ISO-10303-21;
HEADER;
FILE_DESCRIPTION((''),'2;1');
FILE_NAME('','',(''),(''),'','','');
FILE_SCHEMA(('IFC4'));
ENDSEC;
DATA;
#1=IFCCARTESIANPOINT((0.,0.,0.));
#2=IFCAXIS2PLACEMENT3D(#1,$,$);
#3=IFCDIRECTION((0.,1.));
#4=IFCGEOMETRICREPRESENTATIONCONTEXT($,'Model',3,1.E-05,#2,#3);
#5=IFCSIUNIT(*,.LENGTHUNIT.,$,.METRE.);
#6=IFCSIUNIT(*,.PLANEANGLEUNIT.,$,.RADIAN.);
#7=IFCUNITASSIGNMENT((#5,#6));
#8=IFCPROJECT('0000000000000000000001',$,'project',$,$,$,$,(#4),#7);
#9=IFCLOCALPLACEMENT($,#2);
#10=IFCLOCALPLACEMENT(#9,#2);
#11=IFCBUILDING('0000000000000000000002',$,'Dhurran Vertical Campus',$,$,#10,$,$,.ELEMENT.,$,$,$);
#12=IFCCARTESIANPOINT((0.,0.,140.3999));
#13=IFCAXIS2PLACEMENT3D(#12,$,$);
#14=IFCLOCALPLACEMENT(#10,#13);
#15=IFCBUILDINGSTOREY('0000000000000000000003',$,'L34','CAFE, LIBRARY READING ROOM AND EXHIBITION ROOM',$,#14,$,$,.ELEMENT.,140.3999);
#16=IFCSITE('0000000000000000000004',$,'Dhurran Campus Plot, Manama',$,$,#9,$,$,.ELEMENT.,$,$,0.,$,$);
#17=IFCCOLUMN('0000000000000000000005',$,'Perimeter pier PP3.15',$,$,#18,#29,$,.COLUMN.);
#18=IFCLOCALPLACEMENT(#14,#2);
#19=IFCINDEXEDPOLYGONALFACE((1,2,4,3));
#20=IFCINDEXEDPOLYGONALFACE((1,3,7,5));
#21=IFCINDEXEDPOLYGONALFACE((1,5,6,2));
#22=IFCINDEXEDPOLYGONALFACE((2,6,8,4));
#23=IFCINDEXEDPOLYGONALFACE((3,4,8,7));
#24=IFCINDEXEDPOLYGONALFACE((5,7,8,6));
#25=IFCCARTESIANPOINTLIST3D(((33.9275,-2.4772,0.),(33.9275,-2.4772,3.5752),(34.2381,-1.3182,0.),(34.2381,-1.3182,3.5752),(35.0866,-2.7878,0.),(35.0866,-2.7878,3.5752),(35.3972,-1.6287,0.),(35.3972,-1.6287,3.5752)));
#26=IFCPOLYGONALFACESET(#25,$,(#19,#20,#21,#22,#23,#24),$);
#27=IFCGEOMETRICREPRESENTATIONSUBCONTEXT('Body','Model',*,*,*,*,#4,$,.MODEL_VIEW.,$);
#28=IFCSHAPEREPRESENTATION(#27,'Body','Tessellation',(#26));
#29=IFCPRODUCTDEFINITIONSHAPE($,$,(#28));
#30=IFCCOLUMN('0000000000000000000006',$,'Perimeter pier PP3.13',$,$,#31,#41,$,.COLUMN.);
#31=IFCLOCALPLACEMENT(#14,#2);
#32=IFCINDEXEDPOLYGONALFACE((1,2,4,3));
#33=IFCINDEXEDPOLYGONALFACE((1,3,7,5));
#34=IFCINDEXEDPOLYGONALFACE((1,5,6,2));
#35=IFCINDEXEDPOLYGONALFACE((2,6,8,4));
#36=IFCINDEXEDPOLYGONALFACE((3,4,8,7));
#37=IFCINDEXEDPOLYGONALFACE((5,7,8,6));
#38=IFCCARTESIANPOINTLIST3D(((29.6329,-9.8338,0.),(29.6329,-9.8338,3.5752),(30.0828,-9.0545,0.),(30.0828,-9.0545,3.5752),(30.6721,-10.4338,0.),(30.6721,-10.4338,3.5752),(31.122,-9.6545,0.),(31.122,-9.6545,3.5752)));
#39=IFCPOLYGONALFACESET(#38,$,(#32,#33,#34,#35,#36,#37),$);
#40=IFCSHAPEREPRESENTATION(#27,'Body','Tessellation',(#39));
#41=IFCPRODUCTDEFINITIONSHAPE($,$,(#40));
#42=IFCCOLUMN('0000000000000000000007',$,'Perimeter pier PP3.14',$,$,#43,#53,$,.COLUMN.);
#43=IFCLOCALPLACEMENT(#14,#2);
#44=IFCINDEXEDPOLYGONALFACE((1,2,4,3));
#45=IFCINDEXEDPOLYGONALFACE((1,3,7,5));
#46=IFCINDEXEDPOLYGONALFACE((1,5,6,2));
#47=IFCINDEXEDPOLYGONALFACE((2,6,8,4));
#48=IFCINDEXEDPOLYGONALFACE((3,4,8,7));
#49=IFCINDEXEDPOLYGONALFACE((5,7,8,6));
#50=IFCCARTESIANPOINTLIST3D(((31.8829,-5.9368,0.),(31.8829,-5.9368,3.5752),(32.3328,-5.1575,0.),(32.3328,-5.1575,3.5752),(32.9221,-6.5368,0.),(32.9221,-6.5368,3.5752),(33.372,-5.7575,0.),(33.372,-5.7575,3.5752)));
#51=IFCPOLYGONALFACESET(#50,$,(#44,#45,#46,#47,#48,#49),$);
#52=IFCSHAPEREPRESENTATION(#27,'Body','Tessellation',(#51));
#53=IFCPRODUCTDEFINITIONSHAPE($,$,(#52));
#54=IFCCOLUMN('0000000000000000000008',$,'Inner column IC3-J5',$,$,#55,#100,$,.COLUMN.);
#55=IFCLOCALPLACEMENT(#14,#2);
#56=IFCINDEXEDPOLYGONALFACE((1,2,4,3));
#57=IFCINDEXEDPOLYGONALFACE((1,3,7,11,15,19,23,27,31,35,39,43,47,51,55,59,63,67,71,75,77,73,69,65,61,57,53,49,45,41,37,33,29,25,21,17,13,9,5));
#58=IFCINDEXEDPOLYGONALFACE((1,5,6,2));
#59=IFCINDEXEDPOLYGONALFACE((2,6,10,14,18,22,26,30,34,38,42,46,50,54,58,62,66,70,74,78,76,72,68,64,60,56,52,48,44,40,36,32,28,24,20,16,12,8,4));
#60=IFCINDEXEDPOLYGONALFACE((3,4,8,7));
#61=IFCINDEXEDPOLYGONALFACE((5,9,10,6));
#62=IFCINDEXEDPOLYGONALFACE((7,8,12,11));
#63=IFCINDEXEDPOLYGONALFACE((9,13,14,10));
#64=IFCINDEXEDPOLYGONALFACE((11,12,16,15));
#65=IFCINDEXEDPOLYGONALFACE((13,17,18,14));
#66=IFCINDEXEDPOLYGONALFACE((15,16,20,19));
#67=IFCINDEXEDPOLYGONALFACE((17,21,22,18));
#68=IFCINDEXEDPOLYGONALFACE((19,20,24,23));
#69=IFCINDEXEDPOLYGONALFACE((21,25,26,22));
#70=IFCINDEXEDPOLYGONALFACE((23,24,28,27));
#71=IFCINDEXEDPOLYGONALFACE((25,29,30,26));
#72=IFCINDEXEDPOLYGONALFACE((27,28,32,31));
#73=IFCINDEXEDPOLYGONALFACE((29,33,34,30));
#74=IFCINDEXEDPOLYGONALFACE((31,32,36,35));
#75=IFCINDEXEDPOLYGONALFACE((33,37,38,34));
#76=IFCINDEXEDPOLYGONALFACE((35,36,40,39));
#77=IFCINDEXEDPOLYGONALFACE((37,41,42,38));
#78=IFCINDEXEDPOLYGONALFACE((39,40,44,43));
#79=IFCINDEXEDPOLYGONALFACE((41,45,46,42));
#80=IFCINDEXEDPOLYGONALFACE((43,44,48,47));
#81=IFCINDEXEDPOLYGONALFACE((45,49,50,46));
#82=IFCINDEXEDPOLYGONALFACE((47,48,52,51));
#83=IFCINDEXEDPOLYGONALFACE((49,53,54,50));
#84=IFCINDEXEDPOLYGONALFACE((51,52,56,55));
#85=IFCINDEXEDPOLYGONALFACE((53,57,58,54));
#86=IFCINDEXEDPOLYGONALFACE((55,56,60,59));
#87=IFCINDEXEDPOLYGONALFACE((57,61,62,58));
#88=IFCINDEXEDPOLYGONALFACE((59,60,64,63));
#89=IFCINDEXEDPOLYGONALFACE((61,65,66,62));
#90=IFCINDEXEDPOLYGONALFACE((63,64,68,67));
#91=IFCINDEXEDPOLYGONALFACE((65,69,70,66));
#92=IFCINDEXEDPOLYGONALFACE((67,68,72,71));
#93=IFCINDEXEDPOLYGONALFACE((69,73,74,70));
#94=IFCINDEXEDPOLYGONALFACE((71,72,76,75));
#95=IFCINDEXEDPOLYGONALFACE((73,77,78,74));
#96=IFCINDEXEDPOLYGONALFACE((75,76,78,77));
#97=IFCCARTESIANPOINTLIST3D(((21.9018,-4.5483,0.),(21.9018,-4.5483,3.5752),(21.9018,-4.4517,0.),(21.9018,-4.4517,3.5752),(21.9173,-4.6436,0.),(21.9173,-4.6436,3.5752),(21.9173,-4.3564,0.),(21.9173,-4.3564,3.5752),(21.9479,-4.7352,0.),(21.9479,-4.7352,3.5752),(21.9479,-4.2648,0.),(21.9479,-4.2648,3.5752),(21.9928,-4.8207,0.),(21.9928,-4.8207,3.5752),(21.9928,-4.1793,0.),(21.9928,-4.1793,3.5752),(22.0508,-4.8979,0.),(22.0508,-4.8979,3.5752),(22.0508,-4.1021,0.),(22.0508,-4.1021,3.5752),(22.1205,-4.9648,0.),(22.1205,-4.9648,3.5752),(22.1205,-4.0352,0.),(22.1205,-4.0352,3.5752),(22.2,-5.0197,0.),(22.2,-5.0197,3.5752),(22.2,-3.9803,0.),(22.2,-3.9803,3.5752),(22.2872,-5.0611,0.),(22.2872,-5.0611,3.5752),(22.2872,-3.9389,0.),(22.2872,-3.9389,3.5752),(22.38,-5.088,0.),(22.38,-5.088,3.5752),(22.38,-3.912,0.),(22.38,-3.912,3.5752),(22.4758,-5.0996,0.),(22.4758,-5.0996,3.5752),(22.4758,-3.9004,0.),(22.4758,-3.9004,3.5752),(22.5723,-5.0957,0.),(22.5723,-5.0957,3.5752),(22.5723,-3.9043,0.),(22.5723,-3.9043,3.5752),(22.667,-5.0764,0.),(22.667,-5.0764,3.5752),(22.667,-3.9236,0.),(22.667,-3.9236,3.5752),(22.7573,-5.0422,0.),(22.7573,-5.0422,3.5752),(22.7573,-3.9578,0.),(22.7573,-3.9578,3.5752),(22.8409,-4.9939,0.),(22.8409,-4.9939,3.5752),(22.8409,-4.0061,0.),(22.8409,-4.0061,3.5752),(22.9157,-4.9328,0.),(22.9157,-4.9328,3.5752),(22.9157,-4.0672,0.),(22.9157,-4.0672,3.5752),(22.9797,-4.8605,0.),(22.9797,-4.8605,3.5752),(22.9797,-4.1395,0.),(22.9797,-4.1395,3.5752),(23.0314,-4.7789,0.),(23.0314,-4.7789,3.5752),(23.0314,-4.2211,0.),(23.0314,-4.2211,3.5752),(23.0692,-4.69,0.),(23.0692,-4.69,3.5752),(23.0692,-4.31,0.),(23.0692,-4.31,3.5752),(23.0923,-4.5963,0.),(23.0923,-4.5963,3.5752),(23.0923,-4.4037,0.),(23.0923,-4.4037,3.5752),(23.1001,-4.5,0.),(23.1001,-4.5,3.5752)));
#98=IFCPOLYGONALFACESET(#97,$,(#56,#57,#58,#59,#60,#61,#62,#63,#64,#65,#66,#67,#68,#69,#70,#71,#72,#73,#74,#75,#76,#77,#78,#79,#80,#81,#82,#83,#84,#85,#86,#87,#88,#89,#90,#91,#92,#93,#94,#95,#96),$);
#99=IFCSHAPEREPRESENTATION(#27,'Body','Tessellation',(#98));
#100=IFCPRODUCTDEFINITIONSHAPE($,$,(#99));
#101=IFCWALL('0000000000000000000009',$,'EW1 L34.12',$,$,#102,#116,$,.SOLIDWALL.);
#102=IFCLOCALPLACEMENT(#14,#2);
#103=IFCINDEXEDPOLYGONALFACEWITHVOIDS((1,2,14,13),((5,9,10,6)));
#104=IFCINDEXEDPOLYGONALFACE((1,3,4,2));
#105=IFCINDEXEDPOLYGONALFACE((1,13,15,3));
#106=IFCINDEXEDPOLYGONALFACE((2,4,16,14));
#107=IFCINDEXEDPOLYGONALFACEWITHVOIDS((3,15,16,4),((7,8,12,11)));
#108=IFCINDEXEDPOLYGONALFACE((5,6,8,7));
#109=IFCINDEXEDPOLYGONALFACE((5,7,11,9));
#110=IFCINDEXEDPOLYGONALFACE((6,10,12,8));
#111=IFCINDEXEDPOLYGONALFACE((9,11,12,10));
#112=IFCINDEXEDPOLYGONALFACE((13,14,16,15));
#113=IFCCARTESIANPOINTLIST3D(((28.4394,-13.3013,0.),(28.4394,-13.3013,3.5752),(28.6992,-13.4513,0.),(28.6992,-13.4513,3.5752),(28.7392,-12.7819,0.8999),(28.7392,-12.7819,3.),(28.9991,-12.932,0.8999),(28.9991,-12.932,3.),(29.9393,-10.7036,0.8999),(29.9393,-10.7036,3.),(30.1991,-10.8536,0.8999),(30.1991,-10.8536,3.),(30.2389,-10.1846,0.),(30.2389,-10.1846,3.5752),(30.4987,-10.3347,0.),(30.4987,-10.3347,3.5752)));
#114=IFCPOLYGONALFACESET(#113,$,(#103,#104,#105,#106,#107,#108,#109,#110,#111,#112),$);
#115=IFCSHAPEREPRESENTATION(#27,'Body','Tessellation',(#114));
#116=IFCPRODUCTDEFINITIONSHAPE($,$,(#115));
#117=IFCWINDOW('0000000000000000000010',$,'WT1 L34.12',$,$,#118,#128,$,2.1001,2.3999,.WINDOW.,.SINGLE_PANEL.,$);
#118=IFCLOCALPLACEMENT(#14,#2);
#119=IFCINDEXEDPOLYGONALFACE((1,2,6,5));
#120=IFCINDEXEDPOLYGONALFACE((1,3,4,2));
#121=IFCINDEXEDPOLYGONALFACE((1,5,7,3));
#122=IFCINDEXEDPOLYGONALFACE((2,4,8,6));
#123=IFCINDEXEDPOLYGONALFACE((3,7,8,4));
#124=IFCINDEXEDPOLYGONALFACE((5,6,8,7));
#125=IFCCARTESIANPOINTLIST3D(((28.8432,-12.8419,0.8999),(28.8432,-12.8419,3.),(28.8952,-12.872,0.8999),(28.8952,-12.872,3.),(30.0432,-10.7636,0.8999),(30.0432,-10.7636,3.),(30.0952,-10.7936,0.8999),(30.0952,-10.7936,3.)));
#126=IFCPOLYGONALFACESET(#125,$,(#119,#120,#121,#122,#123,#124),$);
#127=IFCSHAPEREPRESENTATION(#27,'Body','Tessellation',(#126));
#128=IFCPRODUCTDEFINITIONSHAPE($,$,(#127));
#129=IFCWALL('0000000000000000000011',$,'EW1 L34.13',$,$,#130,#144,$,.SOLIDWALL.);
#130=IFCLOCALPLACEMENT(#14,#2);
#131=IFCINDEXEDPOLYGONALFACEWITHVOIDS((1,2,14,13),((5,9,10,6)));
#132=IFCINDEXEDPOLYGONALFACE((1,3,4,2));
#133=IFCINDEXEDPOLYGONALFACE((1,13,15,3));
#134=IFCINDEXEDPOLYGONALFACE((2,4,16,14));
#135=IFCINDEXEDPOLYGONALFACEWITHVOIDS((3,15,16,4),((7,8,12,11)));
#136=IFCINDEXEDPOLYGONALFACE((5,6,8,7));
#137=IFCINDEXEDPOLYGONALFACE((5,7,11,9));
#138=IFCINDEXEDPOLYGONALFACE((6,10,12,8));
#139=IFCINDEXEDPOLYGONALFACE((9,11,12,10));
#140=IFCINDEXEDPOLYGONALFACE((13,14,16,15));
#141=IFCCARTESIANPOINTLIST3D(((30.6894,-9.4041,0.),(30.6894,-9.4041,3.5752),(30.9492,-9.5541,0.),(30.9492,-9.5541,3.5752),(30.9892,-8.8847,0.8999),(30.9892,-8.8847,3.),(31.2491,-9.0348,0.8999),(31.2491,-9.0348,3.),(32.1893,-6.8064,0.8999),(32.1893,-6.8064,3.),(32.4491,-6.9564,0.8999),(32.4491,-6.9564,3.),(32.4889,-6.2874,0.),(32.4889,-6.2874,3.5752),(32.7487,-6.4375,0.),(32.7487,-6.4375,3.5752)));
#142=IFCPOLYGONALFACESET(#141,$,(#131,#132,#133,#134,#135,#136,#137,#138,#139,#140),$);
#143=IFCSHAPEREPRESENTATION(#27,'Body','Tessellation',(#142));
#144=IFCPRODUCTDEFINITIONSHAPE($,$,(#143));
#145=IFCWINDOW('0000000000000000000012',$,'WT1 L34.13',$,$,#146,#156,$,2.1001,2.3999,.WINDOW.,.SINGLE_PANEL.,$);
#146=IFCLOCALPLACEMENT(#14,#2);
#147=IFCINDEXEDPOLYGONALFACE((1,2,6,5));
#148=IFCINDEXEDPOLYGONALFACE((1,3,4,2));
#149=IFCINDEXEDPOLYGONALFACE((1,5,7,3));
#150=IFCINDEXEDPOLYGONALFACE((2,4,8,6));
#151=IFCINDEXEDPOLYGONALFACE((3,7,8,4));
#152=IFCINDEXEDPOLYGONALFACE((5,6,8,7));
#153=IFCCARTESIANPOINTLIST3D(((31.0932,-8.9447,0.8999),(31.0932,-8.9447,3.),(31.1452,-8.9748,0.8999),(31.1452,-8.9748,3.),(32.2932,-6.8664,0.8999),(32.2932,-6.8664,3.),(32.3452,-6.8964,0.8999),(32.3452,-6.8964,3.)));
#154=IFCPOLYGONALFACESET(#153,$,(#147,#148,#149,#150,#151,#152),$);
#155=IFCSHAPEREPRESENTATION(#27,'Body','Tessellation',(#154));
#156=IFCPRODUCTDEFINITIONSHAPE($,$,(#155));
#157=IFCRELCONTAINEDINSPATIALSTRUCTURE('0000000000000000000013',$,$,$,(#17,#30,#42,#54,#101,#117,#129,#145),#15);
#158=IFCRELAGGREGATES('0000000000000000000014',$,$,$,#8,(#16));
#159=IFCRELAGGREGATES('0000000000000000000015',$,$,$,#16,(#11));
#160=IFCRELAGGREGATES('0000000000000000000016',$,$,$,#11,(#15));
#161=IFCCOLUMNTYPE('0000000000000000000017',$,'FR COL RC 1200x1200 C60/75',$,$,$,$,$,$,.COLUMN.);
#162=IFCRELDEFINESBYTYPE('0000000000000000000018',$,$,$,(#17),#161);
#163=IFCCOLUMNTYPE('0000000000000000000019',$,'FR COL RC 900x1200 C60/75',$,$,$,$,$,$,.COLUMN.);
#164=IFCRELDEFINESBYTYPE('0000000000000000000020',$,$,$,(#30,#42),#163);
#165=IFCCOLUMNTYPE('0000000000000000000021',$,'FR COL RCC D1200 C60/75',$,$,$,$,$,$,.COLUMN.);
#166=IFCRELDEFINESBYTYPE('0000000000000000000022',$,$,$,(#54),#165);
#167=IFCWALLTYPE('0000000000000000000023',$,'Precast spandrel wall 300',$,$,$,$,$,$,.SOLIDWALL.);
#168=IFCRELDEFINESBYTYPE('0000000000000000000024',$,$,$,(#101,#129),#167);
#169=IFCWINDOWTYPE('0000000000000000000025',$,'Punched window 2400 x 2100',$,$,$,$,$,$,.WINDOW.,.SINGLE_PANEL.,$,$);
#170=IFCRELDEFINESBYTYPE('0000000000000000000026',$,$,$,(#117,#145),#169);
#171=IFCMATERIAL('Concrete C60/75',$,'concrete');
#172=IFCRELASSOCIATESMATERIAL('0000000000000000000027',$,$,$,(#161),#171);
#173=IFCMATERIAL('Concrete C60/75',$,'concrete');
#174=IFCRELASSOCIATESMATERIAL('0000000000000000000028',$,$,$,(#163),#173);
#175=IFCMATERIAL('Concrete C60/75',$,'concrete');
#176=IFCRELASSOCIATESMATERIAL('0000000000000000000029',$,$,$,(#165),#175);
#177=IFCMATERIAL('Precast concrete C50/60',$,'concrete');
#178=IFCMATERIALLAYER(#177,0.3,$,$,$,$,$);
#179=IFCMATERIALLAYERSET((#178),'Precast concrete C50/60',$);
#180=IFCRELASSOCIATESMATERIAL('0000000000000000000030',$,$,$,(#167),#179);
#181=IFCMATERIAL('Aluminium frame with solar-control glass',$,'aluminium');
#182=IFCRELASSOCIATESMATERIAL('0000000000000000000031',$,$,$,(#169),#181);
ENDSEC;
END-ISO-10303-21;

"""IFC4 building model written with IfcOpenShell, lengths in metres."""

from ifc_helpers import new_model, si_unit, direction, frame, frame_2d, origin, origin_2d, place, context, subcontext, project, spatial, rectangle, circle, extrude, material, layer, layer_set, material_profile, profile_set, type_object, element, fill, save


model = new_model("IFC4")

# Units and contexts
model_context = context("Model", 3, precision=1e-05, world=origin(), true_north=direction((0.0, 1.0)))
body_context = subcontext(model_context, "Body", "Model", "MODEL_VIEW")
ifc_project = project(units=[si_unit("LENGTHUNIT", "METRE"), si_unit("PLANEANGLEUNIT", "RADIAN")], contexts=[model_context])

# Site, building, storey
site_placement = place(None, origin())
site = spatial("IfcSite", under=ifc_project, at=site_placement, Name="Dhurran Campus Plot, Manama", CompositionType="ELEMENT", RefElevation=0.0)
building_placement = place(site_placement, origin())
building = spatial("IfcBuilding", under=site, at=building_placement, Name="Dhurran Vertical Campus", CompositionType="ELEMENT")
storey_placement = place(building_placement, frame((0.0, 0.0, 140.3999)))
storey = spatial("IfcBuildingStorey", under=building, at=storey_placement, Name="L34", Description="CAFE, LIBRARY READING ROOM AND EXHIBITION ROOM", CompositionType="ELEMENT", Elevation=140.3999)

# Columns
ifc_material_1 = material(Name="Concrete C60/75", Category="concrete")
ifc_material_profile_1 = material_profile(ifc_material_1, rectangle(XDim=1.2, YDim=1.2, at=origin_2d()), Name="RC 1200x1200")
ifc_profile_set_1 = profile_set([ifc_material_profile_1], Name="Concrete C60/75")
column_type_1 = type_object("IfcColumnType", Name="FR COL RC 1200x1200 C60/75", PredefinedType="COLUMN", material=ifc_profile_set_1)
column_1_placement = place(storey_placement, frame((34.6624, -2.053, 0.0), z_axis=(0.0, 0.0, 1.0), x_axis=(0.258819, 0.965926, 0.0)))
element("IfcColumn", 1, at=column_1_placement, inside=storey, type_object=column_type_1, Name="Perimeter pier PP3.15", PredefinedType="COLUMN", context=body_context, shape_type="SweptSolid", body=[
    extrude(rectangle(XDim=1.2, YDim=1.2, at=origin_2d()), origin(), (0.0, 0.0, 1.0), 3.5752),
])
ifc_material_2 = material(Name="Concrete C60/75", Category="concrete")
ifc_material_profile_2 = material_profile(ifc_material_2, rectangle(XDim=0.8999, YDim=1.2, at=origin_2d()), Name="RC 900x1200")
ifc_profile_set_2 = profile_set([ifc_material_profile_2], Name="Concrete C60/75")
column_type_2 = type_object("IfcColumnType", Name="FR COL RC 900x1200 C60/75", PredefinedType="COLUMN", material=ifc_profile_set_2)
for number, where, z_axis, x_axis, name in (
    (2, (30.3774, -9.7441, 0.0), (0.0, 0.0, 1.0), (0.5, 0.866025, 0.0), "Perimeter pier PP3.13"),
    (3, (32.6274, -5.8472, 0.0), (0.0, 0.0, 1.0), (0.5, 0.866025, 0.0), "Perimeter pier PP3.14"),
):
    element("IfcColumn", number, at=place(storey_placement, frame(where, z_axis=z_axis, x_axis=x_axis)), inside=storey, type_object=column_type_2, Name=name, PredefinedType="COLUMN", context=body_context, shape_type="SweptSolid", body=[
        extrude(rectangle(XDim=0.8999, YDim=1.2, at=origin_2d()), origin(), (0.0, 0.0, 1.0), 3.5752),
    ])
ifc_material_3 = material(Name="Concrete C60/75", Category="concrete")
ifc_material_profile_3 = material_profile(ifc_material_3, circle(Radius=0.6001, at=origin_2d()), Name="RCC D1200")
ifc_profile_set_3 = profile_set([ifc_material_profile_3], Name="Concrete C60/75")
column_type_3 = type_object("IfcColumnType", Name="FR COL RCC D1200 C60/75", PredefinedType="COLUMN", material=ifc_profile_set_3)
column_2_placement = place(storey_placement, frame((22.5, -4.5, 0.0), z_axis=(0.0, 0.0, 1.0), x_axis=(1.0, 0.0, 0.0)))
element("IfcColumn", 4, at=column_2_placement, inside=storey, type_object=column_type_3, Name="Inner column IC3-J5", PredefinedType="COLUMN", context=body_context, shape_type="SweptSolid", body=[
    extrude(circle(Radius=0.6001, at=origin_2d()), origin(), (0.0, 0.0, 1.0), 3.5752),
])

# Walls, openings, windows
ifc_material_4 = material(Name="Precast concrete C50/60", Category="concrete")
ifc_layer_1 = layer(ifc_material_4, 0.3)
ifc_layer_set_1 = layer_set([ifc_layer_1], Name="Precast concrete C50/60")
wall_type_1 = type_object("IfcWallType", Name="Precast spandrel wall 300", PredefinedType="SOLIDWALL", material=ifc_layer_set_1)
wall_1_placement = place(storey_placement, frame((28.5693, -13.3762, 0.0), z_axis=(0.0, 0.0, 1.0), x_axis=(0.500028, 0.866009, 0.0)))
wall_1 = element("IfcWall", 5, at=wall_1_placement, inside=storey, type_object=wall_type_1, Name="EW1 L34.12", PredefinedType="SOLIDWALL", context=body_context, shape_type="SweptSolid", body=[
    extrude(rectangle(XDim=3.5989, YDim=0.3, at=frame_2d((1.7993, 0.0))), origin(), (0.0, 0.0, 1.0), 3.5752),
])
opening_1_placement = place(wall_1_placement, frame((0.5996, 0.0, 0.8999)))
opening_1 = element("IfcOpeningElement", 6, at=opening_1_placement, cuts=wall_1, PredefinedType="OPENING", context=body_context, shape_type="SweptSolid", body=[
    extrude(rectangle(XDim=2.3999, YDim=2.1001, at=frame_2d((1.2, 1.05))), frame((0.0, 0.1599, 0.0), z_axis=(0.0, -1.0, 0.0), x_axis=(1.0, 0.0, 0.0)), (0.0, 0.0, 1.0), 0.3201),
])
ifc_material_5 = material(Name="Aluminium frame with solar-control glass", Category="aluminium")
window_type = type_object("IfcWindowType", Name="Punched window 2400 x 2100", PartitioningType="SINGLE_PANEL", PredefinedType="WINDOW", material=ifc_material_5)
window_1_placement = place(opening_1_placement, origin())
window_1 = element("IfcWindow", 7, at=window_1_placement, inside=storey, type_object=window_type, Name="WT1 L34.12", OverallHeight=2.1001, OverallWidth=2.3999, PartitioningType="SINGLE_PANEL", PredefinedType="WINDOW", context=body_context, shape_type="SweptSolid", body=[
    extrude(rectangle(XDim=2.3999, YDim=2.1001, at=frame_2d((1.2, 1.05))), frame((0.0, 0.03, 0.0), z_axis=(0.0, -1.0, 0.0), x_axis=(1.0, 0.0, 0.0)), (0.0, 0.0, 1.0), 0.0601),
])
fill(opening_1, window_1)
wall_2_placement = place(storey_placement, frame((30.8193, -9.479, 0.0), z_axis=(0.0, 0.0, 1.0), x_axis=(0.500028, 0.866009, 0.0)))
wall_2 = element("IfcWall", 8, at=wall_2_placement, inside=storey, type_object=wall_type_1, Name="EW1 L34.13", PredefinedType="SOLIDWALL", context=body_context, shape_type="SweptSolid", body=[
    extrude(rectangle(XDim=3.5989, YDim=0.3, at=frame_2d((1.7993, 0.0))), origin(), (0.0, 0.0, 1.0), 3.5752),
])
opening_2_placement = place(wall_2_placement, frame((0.5996, 0.0, 0.8999)))
opening_2 = element("IfcOpeningElement", 9, at=opening_2_placement, cuts=wall_2, PredefinedType="OPENING", context=body_context, shape_type="SweptSolid", body=[
    extrude(rectangle(XDim=2.3999, YDim=2.1001, at=frame_2d((1.2, 1.05))), frame((0.0, 0.1599, 0.0), z_axis=(0.0, -1.0, 0.0), x_axis=(1.0, 0.0, 0.0)), (0.0, 0.0, 1.0), 0.3201),
])
window_2_placement = place(opening_2_placement, origin())
window_2 = element("IfcWindow", 10, at=window_2_placement, inside=storey, type_object=window_type, Name="WT1 L34.13", OverallHeight=2.1001, OverallWidth=2.3999, PartitioningType="SINGLE_PANEL", PredefinedType="WINDOW", context=body_context, shape_type="SweptSolid", body=[
    extrude(rectangle(XDim=2.3999, YDim=2.1001, at=frame_2d((1.2, 1.05))), frame((0.0, 0.03, 0.0), z_axis=(0.0, -1.0, 0.0), x_axis=(1.0, 0.0, 0.0)), (0.0, 0.0, 1.0), 0.0601),
])
fill(opening_2, window_2)

save(model, "model.ifc")
